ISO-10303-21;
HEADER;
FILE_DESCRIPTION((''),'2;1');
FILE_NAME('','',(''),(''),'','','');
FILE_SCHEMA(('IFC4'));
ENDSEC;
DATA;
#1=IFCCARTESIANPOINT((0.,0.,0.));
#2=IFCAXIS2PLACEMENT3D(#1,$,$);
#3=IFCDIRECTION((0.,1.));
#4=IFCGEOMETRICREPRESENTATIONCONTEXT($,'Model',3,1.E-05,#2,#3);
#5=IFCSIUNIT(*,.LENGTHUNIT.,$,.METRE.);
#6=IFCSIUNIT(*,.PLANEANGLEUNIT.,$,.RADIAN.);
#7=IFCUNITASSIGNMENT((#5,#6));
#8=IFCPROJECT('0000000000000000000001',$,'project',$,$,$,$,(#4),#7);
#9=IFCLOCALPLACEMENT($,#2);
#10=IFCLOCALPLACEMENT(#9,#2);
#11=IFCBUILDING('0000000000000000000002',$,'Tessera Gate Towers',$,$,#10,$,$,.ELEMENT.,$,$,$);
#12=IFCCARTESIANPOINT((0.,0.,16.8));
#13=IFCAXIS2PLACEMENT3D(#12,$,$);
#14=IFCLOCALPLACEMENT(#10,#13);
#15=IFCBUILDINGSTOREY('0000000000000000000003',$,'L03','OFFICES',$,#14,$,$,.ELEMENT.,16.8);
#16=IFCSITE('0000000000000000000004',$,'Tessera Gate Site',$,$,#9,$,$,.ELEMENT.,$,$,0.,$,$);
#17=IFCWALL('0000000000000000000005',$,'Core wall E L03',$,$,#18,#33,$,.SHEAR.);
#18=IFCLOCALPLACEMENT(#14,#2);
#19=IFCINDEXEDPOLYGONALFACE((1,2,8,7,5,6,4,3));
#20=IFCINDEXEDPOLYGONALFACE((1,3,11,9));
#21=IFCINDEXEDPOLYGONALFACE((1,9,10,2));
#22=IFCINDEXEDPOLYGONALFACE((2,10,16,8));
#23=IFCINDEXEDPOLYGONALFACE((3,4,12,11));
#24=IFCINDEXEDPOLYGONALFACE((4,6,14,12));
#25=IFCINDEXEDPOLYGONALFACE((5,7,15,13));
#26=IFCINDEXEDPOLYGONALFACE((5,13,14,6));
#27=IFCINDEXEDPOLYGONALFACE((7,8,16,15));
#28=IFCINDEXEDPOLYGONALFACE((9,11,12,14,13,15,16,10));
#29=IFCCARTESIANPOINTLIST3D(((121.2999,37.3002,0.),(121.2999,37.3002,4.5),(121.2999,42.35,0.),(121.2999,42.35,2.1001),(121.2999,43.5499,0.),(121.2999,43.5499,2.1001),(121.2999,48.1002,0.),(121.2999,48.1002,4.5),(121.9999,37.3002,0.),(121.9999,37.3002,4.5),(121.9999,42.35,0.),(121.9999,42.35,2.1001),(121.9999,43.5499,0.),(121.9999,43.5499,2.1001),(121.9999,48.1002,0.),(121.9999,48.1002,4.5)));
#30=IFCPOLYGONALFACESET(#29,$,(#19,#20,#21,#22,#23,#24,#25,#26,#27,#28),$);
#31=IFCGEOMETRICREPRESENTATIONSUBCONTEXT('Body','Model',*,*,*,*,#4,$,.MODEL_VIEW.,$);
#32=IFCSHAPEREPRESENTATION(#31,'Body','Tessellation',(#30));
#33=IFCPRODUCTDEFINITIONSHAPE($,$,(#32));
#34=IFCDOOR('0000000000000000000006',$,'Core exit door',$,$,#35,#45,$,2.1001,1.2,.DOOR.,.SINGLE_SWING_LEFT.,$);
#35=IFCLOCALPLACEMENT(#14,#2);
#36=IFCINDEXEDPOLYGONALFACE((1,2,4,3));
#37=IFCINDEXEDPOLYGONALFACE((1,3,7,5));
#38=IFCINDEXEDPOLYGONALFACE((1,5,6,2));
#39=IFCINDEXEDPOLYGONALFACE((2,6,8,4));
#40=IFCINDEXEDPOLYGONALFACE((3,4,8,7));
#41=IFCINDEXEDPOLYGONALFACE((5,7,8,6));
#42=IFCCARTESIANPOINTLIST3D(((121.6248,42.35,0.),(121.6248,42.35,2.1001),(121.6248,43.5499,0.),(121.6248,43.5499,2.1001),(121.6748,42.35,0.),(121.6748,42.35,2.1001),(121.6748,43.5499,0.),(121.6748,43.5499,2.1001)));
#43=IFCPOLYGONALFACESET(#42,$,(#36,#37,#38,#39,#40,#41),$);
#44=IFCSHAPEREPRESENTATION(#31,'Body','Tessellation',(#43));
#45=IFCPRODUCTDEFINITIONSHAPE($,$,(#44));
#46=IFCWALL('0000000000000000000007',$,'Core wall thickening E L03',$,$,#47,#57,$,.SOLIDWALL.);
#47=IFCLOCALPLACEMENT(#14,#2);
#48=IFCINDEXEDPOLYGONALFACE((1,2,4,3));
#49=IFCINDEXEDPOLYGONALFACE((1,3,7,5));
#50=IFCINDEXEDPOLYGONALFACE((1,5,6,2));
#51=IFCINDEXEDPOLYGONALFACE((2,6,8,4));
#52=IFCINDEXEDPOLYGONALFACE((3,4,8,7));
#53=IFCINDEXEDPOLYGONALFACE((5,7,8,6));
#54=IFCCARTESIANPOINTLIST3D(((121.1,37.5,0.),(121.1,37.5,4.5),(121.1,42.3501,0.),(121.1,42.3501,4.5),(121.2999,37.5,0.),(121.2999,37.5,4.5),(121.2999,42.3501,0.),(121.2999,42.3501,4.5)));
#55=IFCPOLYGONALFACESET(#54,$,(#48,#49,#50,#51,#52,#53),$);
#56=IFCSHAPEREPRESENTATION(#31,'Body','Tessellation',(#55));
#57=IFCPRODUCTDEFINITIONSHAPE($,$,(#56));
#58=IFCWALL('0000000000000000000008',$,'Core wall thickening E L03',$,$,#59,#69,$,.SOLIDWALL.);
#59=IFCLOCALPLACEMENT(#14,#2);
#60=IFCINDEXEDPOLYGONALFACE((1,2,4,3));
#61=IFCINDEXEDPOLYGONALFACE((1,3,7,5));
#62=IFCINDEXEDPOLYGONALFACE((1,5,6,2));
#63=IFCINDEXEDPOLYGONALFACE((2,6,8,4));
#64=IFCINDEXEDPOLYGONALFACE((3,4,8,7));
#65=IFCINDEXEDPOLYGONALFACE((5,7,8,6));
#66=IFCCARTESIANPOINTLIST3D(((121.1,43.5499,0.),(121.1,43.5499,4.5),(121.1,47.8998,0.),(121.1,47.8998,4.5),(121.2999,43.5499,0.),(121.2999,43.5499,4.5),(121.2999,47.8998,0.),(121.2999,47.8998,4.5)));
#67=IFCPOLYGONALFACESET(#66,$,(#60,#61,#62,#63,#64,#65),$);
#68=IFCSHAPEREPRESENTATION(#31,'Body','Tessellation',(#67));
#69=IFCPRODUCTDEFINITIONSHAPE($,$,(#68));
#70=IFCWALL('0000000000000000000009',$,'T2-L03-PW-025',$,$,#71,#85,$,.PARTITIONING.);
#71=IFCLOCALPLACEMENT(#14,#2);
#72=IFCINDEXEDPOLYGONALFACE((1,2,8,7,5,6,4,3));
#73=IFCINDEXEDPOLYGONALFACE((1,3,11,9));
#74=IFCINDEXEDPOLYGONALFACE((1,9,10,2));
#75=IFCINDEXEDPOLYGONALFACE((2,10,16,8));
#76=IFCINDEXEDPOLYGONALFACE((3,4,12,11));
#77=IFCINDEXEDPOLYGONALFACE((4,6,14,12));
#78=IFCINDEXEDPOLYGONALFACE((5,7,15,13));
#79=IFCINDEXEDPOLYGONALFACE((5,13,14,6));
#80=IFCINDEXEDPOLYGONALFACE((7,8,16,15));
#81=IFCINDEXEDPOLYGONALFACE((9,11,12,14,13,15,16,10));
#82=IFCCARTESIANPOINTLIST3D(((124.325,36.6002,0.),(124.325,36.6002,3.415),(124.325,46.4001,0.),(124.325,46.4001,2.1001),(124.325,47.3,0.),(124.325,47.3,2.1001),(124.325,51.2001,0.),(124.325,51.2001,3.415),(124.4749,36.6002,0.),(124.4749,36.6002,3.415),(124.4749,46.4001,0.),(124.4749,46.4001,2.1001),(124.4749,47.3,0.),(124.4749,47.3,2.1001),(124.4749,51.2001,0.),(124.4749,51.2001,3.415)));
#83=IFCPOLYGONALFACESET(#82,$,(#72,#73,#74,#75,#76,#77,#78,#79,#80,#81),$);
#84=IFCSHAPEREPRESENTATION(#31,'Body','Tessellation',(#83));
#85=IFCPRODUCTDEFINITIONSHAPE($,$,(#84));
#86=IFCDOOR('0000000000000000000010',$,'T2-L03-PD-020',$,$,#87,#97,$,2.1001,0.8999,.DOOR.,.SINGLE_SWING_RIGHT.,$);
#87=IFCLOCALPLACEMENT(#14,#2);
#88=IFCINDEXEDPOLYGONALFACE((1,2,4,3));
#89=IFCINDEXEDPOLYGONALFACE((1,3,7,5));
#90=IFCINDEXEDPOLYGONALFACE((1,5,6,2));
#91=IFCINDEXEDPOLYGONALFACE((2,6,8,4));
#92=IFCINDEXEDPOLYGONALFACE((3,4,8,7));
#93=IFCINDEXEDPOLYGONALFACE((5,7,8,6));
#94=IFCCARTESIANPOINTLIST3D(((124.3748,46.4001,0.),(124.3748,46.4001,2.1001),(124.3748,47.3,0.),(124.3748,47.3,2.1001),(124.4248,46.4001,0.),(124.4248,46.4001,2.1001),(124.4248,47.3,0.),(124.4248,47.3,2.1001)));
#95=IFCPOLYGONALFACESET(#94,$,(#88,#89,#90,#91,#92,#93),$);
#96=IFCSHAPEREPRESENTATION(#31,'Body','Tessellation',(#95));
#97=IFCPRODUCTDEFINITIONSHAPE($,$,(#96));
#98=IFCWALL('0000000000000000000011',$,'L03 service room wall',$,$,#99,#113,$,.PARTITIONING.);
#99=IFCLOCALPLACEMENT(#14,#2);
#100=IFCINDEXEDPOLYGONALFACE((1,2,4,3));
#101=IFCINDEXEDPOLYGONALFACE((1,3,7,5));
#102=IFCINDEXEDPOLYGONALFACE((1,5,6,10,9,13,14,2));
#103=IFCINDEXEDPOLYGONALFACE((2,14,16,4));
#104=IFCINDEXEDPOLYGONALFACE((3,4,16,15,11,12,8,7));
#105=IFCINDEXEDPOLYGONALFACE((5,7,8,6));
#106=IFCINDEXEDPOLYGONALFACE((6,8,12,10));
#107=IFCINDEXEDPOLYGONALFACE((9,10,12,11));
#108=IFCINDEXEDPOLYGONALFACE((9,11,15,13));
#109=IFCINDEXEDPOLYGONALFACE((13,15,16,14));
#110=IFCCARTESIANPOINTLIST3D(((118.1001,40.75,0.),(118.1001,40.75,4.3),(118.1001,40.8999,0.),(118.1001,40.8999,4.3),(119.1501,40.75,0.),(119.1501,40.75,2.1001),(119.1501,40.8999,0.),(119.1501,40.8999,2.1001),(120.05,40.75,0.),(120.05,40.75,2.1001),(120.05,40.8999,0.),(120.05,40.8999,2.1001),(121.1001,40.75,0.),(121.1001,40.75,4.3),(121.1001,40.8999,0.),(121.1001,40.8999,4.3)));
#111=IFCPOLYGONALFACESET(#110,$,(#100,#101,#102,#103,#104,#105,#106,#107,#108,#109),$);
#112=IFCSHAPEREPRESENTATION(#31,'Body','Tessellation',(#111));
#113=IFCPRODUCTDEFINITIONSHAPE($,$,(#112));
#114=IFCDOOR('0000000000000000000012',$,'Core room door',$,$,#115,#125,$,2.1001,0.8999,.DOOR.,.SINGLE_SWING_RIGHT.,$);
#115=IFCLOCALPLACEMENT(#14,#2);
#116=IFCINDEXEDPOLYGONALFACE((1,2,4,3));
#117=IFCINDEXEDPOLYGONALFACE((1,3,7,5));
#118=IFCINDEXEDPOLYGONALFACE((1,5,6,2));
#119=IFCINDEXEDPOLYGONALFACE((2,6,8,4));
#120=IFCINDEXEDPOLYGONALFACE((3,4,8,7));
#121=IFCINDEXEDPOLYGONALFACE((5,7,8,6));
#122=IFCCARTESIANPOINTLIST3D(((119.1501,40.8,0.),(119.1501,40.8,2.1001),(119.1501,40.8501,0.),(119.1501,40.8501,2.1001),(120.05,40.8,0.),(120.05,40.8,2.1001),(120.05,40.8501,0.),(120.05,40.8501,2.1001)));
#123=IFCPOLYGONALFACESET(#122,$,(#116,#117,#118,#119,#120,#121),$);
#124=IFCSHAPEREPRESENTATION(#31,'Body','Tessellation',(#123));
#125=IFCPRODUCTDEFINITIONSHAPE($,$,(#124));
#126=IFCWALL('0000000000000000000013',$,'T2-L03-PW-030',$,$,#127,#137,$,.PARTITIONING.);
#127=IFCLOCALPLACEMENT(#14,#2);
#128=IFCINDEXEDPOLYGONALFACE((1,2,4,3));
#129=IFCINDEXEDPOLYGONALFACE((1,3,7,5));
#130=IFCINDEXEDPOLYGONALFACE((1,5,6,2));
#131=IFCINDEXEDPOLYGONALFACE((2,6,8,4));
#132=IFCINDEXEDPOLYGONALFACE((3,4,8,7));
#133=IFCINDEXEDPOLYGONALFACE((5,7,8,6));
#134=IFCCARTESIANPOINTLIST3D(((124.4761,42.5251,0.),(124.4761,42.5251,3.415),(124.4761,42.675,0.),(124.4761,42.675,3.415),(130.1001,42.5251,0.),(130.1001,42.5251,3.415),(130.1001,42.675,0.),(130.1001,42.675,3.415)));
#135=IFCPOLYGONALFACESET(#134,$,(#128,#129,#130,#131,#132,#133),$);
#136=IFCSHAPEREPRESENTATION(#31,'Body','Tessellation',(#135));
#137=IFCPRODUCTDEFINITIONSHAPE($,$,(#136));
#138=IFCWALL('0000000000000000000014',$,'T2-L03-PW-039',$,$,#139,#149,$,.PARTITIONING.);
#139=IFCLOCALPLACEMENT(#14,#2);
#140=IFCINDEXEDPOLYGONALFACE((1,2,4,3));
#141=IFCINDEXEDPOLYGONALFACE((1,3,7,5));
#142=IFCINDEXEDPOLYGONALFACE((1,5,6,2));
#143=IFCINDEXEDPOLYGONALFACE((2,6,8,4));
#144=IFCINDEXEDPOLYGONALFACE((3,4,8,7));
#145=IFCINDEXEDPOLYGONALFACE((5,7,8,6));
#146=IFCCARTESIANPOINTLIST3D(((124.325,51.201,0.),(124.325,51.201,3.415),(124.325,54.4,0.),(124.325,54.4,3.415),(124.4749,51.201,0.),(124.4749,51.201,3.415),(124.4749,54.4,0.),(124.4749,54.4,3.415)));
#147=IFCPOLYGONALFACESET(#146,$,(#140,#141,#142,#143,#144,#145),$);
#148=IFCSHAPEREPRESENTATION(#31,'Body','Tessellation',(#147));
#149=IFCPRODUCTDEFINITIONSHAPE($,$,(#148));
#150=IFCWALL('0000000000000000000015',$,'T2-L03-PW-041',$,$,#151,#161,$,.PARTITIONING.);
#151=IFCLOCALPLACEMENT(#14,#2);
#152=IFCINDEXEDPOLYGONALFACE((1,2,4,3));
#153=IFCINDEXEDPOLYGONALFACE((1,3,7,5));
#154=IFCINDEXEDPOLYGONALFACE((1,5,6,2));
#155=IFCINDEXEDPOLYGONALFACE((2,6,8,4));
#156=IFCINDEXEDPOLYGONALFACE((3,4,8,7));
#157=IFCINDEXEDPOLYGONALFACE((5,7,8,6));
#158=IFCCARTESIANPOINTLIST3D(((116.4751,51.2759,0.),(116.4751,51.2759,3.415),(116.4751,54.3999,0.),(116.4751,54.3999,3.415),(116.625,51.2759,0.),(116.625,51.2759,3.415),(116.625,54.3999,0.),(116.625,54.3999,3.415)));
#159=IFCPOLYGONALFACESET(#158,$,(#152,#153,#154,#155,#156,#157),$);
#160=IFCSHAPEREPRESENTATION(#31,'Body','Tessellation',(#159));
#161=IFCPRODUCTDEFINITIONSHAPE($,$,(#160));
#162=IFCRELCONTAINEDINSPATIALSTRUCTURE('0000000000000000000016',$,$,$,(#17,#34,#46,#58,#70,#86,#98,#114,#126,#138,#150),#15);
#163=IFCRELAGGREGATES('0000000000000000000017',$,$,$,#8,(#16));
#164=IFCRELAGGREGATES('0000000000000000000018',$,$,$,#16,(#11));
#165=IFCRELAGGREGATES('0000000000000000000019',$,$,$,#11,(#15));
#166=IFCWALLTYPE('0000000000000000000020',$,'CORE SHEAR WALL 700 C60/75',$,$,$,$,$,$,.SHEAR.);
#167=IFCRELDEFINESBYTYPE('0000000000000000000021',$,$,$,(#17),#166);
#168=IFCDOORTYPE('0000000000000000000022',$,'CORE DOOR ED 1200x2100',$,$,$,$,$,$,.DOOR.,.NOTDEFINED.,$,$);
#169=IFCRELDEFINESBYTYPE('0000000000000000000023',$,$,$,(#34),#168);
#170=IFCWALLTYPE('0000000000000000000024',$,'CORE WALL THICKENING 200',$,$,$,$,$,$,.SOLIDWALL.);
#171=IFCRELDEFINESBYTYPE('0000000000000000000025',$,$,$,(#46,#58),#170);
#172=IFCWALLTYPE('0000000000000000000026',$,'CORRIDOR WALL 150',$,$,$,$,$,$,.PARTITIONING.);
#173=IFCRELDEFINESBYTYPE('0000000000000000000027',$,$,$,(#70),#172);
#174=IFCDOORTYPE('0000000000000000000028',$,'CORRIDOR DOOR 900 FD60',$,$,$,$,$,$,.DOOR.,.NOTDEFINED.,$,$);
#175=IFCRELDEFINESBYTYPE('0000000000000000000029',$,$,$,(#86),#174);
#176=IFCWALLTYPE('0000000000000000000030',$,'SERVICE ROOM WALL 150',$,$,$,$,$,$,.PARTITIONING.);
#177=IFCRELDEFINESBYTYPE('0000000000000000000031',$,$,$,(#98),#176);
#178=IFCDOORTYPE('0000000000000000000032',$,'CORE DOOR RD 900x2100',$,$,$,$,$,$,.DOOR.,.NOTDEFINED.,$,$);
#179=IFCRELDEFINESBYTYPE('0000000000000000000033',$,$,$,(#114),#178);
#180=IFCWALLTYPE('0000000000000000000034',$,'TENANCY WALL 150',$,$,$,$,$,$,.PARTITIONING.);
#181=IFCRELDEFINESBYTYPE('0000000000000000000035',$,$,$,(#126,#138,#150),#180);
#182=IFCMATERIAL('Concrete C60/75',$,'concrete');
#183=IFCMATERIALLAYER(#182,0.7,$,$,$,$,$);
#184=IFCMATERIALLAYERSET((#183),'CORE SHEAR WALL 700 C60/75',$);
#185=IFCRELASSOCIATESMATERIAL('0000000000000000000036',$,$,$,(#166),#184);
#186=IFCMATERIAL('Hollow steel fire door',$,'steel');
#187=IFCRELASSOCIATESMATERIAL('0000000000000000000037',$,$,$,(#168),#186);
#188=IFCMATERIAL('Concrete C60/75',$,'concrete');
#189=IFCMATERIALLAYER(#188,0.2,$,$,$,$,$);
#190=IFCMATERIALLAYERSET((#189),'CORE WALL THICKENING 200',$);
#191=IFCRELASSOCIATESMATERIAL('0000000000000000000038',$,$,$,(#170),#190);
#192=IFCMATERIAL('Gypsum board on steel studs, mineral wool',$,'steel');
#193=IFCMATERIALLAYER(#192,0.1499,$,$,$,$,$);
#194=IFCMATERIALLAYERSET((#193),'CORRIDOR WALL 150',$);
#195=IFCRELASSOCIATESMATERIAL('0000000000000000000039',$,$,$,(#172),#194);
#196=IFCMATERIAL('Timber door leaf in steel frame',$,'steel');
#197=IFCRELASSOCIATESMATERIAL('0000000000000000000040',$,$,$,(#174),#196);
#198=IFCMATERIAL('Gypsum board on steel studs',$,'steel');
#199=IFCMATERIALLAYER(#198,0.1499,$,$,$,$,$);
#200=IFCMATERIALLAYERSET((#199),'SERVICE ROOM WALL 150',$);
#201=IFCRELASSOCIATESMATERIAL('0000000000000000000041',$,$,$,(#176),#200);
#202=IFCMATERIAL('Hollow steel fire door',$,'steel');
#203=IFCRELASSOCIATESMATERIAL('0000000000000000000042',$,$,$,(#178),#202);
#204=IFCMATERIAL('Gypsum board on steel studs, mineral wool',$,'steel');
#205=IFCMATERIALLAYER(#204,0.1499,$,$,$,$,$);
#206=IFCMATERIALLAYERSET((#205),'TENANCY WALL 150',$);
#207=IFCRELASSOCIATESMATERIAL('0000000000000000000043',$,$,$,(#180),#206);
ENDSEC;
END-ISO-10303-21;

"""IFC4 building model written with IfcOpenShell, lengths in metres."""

from ifc_helpers import new_model, si_unit, direction, frame, frame_2d, origin, place, context, subcontext, project, spatial, rectangle, extrude, source, transform, mapped, material, layer, layer_set, type_object, element, fill, save


model = new_model("IFC4")

# Units and contexts
model_context = context("Model", 3, precision=1e-05, world=origin(), true_north=direction((0.0, 1.0)))
body_context = subcontext(model_context, "Body", "Model", "MODEL_VIEW")
ifc_project = project(units=[si_unit("LENGTHUNIT", "METRE"), si_unit("PLANEANGLEUNIT", "RADIAN")], contexts=[model_context])

# Site, building, storey
site_placement = place(None, origin())
site = spatial("IfcSite", under=ifc_project, at=site_placement, Name="Tessera Gate Site", CompositionType="ELEMENT", RefElevation=0.0)
building_placement = place(site_placement, origin())
building = spatial("IfcBuilding", under=site, at=building_placement, Name="Tessera Gate Towers", CompositionType="ELEMENT")
storey_placement = place(building_placement, frame((0.0, 0.0, 16.8)))
storey = spatial("IfcBuildingStorey", under=building, at=storey_placement, Name="L03", Description="OFFICES", CompositionType="ELEMENT", Elevation=16.8)

# Wall, opening, door
ifc_material_1 = material(Name="Concrete C60/75", Category="concrete")
ifc_layer_1 = layer(ifc_material_1, 0.7)
ifc_layer_set_1 = layer_set([ifc_layer_1], Name="CORE SHEAR WALL 700 C60/75")
wall_type_1 = type_object("IfcWallType", Name="CORE SHEAR WALL 700 C60/75", PredefinedType="SHEAR", material=ifc_layer_set_1)
wall_1_placement = place(storey_placement, frame((121.6499, 48.1001, 0.0), z_axis=(0.0, 0.0, 1.0), x_axis=(0.0, -1.0, 0.0)))
wall_1 = element("IfcWall", 1, at=wall_1_placement, inside=storey, type_object=wall_type_1, Name="Core wall E L03", PredefinedType="SHEAR", context=body_context, shape_type="SweptSolid", body=[
    extrude(rectangle(XDim=10.8, YDim=0.7, at=frame_2d((5.3999, 0.0))), origin(), (0.0, 0.0, 1.0), 4.5),
])
shared_shape_1 = source(origin(), body_context, "Body", "SweptSolid", [
    extrude(rectangle(XDim=1.2, YDim=2.1001, at=frame_2d((0.6001, 1.05))), frame((0.0, 0.3599, 0.0), z_axis=(0.0, -1.0, 0.0), x_axis=(1.0, 0.0, 0.0)), (0.0, 0.0, 1.0), 0.72),
])
opening_1_placement = place(wall_1_placement, frame((4.55, 0.0, 0.0)))
opening_1 = element("IfcOpeningElement", 2, at=opening_1_placement, cuts=wall_1, PredefinedType="OPENING", context=body_context, shape_type="MappedRepresentation", body=[
    mapped(shared_shape_1, transform((0.0, 0.0, 0.0), scale=1.0)),
])
ifc_material_2 = material(Name="Hollow steel fire door", Category="steel")
door_type_1 = type_object("IfcDoorType", Name="CORE DOOR ED 1200x2100", OperationType="NOTDEFINED", PredefinedType="DOOR", material=ifc_material_2)
shared_shape_2 = source(origin(), body_context, "Body", "SweptSolid", [
    extrude(rectangle(XDim=1.2, YDim=2.1001, at=frame_2d((0.6001, 1.05))), frame((0.0, 0.0249, 0.0), z_axis=(0.0, -1.0, 0.0), x_axis=(1.0, 0.0, 0.0)), (0.0, 0.0, 1.0), 0.05),
])
door_1_placement = place(opening_1_placement, origin())
door_1 = element("IfcDoor", 3, at=door_1_placement, inside=storey, type_object=door_type_1, Name="Core exit door", OperationType="SINGLE_SWING_LEFT", OverallHeight=2.1001, OverallWidth=1.2, PredefinedType="DOOR", context=body_context, shape_type="MappedRepresentation", body=[
    mapped(shared_shape_2, transform((0.0, 0.0, 0.0), scale=1.0)),
])
fill(opening_1, door_1)

# Walls
ifc_material_3 = material(Name="Concrete C60/75", Category="concrete")
ifc_layer_2 = layer(ifc_material_3, 0.2)
ifc_layer_set_2 = layer_set([ifc_layer_2], Name="CORE WALL THICKENING 200")
wall_type_2 = type_object("IfcWallType", Name="CORE WALL THICKENING 200", PredefinedType="SOLIDWALL", material=ifc_layer_set_2)
wall_2_placement = place(storey_placement, frame((121.2, 37.5, 0.0), z_axis=(0.0, 0.0, 1.0), x_axis=(0.0, 1.0, 0.0)))
element("IfcWall", 4, at=wall_2_placement, inside=storey, type_object=wall_type_2, Name="Core wall thickening E L03", PredefinedType="SOLIDWALL", context=body_context, shape_type="SweptSolid", body=[
    extrude(rectangle(XDim=4.8501, YDim=0.2, at=frame_2d((2.425, 0.0))), origin(), (0.0, 0.0, 1.0), 4.5),
])
wall_3_placement = place(storey_placement, frame((121.2, 43.55, 0.0), z_axis=(0.0, 0.0, 1.0), x_axis=(0.0, 1.0, 0.0)))
element("IfcWall", 5, at=wall_3_placement, inside=storey, type_object=wall_type_2, Name="Core wall thickening E L03", PredefinedType="SOLIDWALL", context=body_context, shape_type="SweptSolid", body=[
    extrude(rectangle(XDim=4.3499, YDim=0.2, at=frame_2d((2.1748, 0.0))), origin(), (0.0, 0.0, 1.0), 4.5),
])

# Walls, openings, doors
ifc_material_4 = material(Name="Gypsum board on steel studs, mineral wool", Category="steel")
ifc_layer_3 = layer(ifc_material_4, 0.1499)
ifc_layer_set_3 = layer_set([ifc_layer_3], Name="CORRIDOR WALL 150")
wall_type_3 = type_object("IfcWallType", Name="CORRIDOR WALL 150", PredefinedType="PARTITIONING", material=ifc_layer_set_3)
wall_4_placement = place(storey_placement, frame((124.3999, 51.2, 0.0), z_axis=(0.0, 0.0, 1.0), x_axis=(0.0, -1.0, 0.0)))
wall_4 = element("IfcWall", 6, at=wall_4_placement, inside=storey, type_object=wall_type_3, Name="T2-L03-PW-025", PredefinedType="PARTITIONING", context=body_context, shape_type="SweptSolid", body=[
    extrude(rectangle(XDim=14.5999, YDim=0.1499, at=frame_2d((7.2998, 0.0))), origin(), (0.0, 0.0, 1.0), 3.415),
])
shared_shape_3 = source(origin(), body_context, "Body", "SweptSolid", [
    extrude(rectangle(XDim=0.8999, YDim=2.1001, at=frame_2d((0.45, 1.05))), frame((0.0, 0.085, 0.0), z_axis=(0.0, -1.0, 0.0), x_axis=(1.0, 0.0, 0.0)), (0.0, 0.0, 1.0), 0.1699),
])
opening_2_placement = place(wall_4_placement, frame((3.8999, 0.0, 0.0)))
opening_2 = element("IfcOpeningElement", 7, at=opening_2_placement, cuts=wall_4, PredefinedType="OPENING", context=body_context, shape_type="MappedRepresentation", body=[
    mapped(shared_shape_3, transform((0.0, 0.0, 0.0), scale=1.0)),
])
ifc_material_5 = material(Name="Timber door leaf in steel frame", Category="steel")
door_type_2 = type_object("IfcDoorType", Name="CORRIDOR DOOR 900 FD60", OperationType="NOTDEFINED", PredefinedType="DOOR", material=ifc_material_5)
shared_shape_4 = source(origin(), body_context, "Body", "SweptSolid", [
    extrude(rectangle(XDim=0.8999, YDim=2.1001, at=frame_2d((0.45, 1.05))), frame((0.0, 0.0249, 0.0), z_axis=(0.0, -1.0, 0.0), x_axis=(1.0, 0.0, 0.0)), (0.0, 0.0, 1.0), 0.05),
])
door_2_placement = place(opening_2_placement, origin())
door_2 = element("IfcDoor", 8, at=door_2_placement, inside=storey, type_object=door_type_2, Name="T2-L03-PD-020", OperationType="SINGLE_SWING_RIGHT", OverallHeight=2.1001, OverallWidth=0.8999, PredefinedType="DOOR", context=body_context, shape_type="MappedRepresentation", body=[
    mapped(shared_shape_4, transform((0.0, 0.0, 0.0), scale=1.0)),
])
fill(opening_2, door_2)
ifc_material_6 = material(Name="Gypsum board on steel studs", Category="steel")
ifc_layer_4 = layer(ifc_material_6, 0.1499)
ifc_layer_set_4 = layer_set([ifc_layer_4], Name="SERVICE ROOM WALL 150")
wall_type_4 = type_object("IfcWallType", Name="SERVICE ROOM WALL 150", PredefinedType="PARTITIONING", material=ifc_layer_set_4)
wall_5_placement = place(storey_placement, frame((121.1001, 40.825, 0.0), z_axis=(0.0, 0.0, 1.0), x_axis=(-1.0, 0.0, 0.0)))
wall_5 = element("IfcWall", 9, at=wall_5_placement, inside=storey, type_object=wall_type_4, Name="L03 service room wall", PredefinedType="PARTITIONING", context=body_context, shape_type="SweptSolid", body=[
    extrude(rectangle(XDim=3.0, YDim=0.1499, at=frame_2d((1.5, 0.0))), origin(), (0.0, 0.0, 1.0), 4.3),
])
opening_3_placement = place(wall_5_placement, frame((1.05, 0.0, 0.0)))
opening_3 = element("IfcOpeningElement", 10, at=opening_3_placement, cuts=wall_5, PredefinedType="OPENING", context=body_context, shape_type="MappedRepresentation", body=[
    mapped(shared_shape_3, transform((0.0, 0.0, 0.0), scale=1.0)),
])
ifc_material_7 = material(Name="Hollow steel fire door", Category="steel")
door_type_3 = type_object("IfcDoorType", Name="CORE DOOR RD 900x2100", OperationType="NOTDEFINED", PredefinedType="DOOR", material=ifc_material_7)
door_3_placement = place(opening_3_placement, origin())
door_3 = element("IfcDoor", 11, at=door_3_placement, inside=storey, type_object=door_type_3, Name="Core room door", OperationType="SINGLE_SWING_RIGHT", OverallHeight=2.1001, OverallWidth=0.8999, PredefinedType="DOOR", context=body_context, shape_type="MappedRepresentation", body=[
    mapped(shared_shape_4, transform((0.0, 0.0, 0.0), scale=1.0)),
])
fill(opening_3, door_3)

# Walls
ifc_material_8 = material(Name="Gypsum board on steel studs, mineral wool", Category="steel")
ifc_layer_5 = layer(ifc_material_8, 0.1499)
ifc_layer_set_5 = layer_set([ifc_layer_5], Name="TENANCY WALL 150")
wall_type_5 = type_object("IfcWallType", Name="TENANCY WALL 150", PredefinedType="PARTITIONING", material=ifc_layer_set_5)
wall_6_placement = place(storey_placement, frame((124.4761, 42.6001, 0.0), z_axis=(0.0, 0.0, 1.0), x_axis=(1.0, 0.0, 0.0)))
element("IfcWall", 12, at=wall_6_placement, inside=storey, type_object=wall_type_5, Name="T2-L03-PW-030", PredefinedType="PARTITIONING", context=body_context, shape_type="SweptSolid", body=[
    extrude(rectangle(XDim=5.624, YDim=0.1499, at=frame_2d((2.812, 0.0))), origin(), (0.0, 0.0, 1.0), 3.415),
])
wall_7_placement = place(storey_placement, frame((124.3999, 51.2009, 0.0), z_axis=(0.0, 0.0, 1.0), x_axis=(0.0, 1.0, 0.0)))
element("IfcWall", 13, at=wall_7_placement, inside=storey, type_object=wall_type_5, Name="T2-L03-PW-039", PredefinedType="PARTITIONING", context=body_context, shape_type="SweptSolid", body=[
    extrude(rectangle(XDim=3.199, YDim=0.1499, at=frame_2d((1.5996, 0.0))), origin(), (0.0, 0.0, 1.0), 3.415),
])
wall_8_placement = place(storey_placement, frame((116.55, 51.2759, 0.0), z_axis=(0.0, 0.0, 1.0), x_axis=(0.0, 1.0, 0.0)))
element("IfcWall", 14, at=wall_8_placement, inside=storey, type_object=wall_type_5, Name="T2-L03-PW-041", PredefinedType="PARTITIONING", context=body_context, shape_type="SweptSolid", body=[
    extrude(rectangle(XDim=3.124, YDim=0.1499, at=frame_2d((1.562, 0.0))), origin(), (0.0, 0.0, 1.0), 3.415),
])

save(model, "model.ifc")
